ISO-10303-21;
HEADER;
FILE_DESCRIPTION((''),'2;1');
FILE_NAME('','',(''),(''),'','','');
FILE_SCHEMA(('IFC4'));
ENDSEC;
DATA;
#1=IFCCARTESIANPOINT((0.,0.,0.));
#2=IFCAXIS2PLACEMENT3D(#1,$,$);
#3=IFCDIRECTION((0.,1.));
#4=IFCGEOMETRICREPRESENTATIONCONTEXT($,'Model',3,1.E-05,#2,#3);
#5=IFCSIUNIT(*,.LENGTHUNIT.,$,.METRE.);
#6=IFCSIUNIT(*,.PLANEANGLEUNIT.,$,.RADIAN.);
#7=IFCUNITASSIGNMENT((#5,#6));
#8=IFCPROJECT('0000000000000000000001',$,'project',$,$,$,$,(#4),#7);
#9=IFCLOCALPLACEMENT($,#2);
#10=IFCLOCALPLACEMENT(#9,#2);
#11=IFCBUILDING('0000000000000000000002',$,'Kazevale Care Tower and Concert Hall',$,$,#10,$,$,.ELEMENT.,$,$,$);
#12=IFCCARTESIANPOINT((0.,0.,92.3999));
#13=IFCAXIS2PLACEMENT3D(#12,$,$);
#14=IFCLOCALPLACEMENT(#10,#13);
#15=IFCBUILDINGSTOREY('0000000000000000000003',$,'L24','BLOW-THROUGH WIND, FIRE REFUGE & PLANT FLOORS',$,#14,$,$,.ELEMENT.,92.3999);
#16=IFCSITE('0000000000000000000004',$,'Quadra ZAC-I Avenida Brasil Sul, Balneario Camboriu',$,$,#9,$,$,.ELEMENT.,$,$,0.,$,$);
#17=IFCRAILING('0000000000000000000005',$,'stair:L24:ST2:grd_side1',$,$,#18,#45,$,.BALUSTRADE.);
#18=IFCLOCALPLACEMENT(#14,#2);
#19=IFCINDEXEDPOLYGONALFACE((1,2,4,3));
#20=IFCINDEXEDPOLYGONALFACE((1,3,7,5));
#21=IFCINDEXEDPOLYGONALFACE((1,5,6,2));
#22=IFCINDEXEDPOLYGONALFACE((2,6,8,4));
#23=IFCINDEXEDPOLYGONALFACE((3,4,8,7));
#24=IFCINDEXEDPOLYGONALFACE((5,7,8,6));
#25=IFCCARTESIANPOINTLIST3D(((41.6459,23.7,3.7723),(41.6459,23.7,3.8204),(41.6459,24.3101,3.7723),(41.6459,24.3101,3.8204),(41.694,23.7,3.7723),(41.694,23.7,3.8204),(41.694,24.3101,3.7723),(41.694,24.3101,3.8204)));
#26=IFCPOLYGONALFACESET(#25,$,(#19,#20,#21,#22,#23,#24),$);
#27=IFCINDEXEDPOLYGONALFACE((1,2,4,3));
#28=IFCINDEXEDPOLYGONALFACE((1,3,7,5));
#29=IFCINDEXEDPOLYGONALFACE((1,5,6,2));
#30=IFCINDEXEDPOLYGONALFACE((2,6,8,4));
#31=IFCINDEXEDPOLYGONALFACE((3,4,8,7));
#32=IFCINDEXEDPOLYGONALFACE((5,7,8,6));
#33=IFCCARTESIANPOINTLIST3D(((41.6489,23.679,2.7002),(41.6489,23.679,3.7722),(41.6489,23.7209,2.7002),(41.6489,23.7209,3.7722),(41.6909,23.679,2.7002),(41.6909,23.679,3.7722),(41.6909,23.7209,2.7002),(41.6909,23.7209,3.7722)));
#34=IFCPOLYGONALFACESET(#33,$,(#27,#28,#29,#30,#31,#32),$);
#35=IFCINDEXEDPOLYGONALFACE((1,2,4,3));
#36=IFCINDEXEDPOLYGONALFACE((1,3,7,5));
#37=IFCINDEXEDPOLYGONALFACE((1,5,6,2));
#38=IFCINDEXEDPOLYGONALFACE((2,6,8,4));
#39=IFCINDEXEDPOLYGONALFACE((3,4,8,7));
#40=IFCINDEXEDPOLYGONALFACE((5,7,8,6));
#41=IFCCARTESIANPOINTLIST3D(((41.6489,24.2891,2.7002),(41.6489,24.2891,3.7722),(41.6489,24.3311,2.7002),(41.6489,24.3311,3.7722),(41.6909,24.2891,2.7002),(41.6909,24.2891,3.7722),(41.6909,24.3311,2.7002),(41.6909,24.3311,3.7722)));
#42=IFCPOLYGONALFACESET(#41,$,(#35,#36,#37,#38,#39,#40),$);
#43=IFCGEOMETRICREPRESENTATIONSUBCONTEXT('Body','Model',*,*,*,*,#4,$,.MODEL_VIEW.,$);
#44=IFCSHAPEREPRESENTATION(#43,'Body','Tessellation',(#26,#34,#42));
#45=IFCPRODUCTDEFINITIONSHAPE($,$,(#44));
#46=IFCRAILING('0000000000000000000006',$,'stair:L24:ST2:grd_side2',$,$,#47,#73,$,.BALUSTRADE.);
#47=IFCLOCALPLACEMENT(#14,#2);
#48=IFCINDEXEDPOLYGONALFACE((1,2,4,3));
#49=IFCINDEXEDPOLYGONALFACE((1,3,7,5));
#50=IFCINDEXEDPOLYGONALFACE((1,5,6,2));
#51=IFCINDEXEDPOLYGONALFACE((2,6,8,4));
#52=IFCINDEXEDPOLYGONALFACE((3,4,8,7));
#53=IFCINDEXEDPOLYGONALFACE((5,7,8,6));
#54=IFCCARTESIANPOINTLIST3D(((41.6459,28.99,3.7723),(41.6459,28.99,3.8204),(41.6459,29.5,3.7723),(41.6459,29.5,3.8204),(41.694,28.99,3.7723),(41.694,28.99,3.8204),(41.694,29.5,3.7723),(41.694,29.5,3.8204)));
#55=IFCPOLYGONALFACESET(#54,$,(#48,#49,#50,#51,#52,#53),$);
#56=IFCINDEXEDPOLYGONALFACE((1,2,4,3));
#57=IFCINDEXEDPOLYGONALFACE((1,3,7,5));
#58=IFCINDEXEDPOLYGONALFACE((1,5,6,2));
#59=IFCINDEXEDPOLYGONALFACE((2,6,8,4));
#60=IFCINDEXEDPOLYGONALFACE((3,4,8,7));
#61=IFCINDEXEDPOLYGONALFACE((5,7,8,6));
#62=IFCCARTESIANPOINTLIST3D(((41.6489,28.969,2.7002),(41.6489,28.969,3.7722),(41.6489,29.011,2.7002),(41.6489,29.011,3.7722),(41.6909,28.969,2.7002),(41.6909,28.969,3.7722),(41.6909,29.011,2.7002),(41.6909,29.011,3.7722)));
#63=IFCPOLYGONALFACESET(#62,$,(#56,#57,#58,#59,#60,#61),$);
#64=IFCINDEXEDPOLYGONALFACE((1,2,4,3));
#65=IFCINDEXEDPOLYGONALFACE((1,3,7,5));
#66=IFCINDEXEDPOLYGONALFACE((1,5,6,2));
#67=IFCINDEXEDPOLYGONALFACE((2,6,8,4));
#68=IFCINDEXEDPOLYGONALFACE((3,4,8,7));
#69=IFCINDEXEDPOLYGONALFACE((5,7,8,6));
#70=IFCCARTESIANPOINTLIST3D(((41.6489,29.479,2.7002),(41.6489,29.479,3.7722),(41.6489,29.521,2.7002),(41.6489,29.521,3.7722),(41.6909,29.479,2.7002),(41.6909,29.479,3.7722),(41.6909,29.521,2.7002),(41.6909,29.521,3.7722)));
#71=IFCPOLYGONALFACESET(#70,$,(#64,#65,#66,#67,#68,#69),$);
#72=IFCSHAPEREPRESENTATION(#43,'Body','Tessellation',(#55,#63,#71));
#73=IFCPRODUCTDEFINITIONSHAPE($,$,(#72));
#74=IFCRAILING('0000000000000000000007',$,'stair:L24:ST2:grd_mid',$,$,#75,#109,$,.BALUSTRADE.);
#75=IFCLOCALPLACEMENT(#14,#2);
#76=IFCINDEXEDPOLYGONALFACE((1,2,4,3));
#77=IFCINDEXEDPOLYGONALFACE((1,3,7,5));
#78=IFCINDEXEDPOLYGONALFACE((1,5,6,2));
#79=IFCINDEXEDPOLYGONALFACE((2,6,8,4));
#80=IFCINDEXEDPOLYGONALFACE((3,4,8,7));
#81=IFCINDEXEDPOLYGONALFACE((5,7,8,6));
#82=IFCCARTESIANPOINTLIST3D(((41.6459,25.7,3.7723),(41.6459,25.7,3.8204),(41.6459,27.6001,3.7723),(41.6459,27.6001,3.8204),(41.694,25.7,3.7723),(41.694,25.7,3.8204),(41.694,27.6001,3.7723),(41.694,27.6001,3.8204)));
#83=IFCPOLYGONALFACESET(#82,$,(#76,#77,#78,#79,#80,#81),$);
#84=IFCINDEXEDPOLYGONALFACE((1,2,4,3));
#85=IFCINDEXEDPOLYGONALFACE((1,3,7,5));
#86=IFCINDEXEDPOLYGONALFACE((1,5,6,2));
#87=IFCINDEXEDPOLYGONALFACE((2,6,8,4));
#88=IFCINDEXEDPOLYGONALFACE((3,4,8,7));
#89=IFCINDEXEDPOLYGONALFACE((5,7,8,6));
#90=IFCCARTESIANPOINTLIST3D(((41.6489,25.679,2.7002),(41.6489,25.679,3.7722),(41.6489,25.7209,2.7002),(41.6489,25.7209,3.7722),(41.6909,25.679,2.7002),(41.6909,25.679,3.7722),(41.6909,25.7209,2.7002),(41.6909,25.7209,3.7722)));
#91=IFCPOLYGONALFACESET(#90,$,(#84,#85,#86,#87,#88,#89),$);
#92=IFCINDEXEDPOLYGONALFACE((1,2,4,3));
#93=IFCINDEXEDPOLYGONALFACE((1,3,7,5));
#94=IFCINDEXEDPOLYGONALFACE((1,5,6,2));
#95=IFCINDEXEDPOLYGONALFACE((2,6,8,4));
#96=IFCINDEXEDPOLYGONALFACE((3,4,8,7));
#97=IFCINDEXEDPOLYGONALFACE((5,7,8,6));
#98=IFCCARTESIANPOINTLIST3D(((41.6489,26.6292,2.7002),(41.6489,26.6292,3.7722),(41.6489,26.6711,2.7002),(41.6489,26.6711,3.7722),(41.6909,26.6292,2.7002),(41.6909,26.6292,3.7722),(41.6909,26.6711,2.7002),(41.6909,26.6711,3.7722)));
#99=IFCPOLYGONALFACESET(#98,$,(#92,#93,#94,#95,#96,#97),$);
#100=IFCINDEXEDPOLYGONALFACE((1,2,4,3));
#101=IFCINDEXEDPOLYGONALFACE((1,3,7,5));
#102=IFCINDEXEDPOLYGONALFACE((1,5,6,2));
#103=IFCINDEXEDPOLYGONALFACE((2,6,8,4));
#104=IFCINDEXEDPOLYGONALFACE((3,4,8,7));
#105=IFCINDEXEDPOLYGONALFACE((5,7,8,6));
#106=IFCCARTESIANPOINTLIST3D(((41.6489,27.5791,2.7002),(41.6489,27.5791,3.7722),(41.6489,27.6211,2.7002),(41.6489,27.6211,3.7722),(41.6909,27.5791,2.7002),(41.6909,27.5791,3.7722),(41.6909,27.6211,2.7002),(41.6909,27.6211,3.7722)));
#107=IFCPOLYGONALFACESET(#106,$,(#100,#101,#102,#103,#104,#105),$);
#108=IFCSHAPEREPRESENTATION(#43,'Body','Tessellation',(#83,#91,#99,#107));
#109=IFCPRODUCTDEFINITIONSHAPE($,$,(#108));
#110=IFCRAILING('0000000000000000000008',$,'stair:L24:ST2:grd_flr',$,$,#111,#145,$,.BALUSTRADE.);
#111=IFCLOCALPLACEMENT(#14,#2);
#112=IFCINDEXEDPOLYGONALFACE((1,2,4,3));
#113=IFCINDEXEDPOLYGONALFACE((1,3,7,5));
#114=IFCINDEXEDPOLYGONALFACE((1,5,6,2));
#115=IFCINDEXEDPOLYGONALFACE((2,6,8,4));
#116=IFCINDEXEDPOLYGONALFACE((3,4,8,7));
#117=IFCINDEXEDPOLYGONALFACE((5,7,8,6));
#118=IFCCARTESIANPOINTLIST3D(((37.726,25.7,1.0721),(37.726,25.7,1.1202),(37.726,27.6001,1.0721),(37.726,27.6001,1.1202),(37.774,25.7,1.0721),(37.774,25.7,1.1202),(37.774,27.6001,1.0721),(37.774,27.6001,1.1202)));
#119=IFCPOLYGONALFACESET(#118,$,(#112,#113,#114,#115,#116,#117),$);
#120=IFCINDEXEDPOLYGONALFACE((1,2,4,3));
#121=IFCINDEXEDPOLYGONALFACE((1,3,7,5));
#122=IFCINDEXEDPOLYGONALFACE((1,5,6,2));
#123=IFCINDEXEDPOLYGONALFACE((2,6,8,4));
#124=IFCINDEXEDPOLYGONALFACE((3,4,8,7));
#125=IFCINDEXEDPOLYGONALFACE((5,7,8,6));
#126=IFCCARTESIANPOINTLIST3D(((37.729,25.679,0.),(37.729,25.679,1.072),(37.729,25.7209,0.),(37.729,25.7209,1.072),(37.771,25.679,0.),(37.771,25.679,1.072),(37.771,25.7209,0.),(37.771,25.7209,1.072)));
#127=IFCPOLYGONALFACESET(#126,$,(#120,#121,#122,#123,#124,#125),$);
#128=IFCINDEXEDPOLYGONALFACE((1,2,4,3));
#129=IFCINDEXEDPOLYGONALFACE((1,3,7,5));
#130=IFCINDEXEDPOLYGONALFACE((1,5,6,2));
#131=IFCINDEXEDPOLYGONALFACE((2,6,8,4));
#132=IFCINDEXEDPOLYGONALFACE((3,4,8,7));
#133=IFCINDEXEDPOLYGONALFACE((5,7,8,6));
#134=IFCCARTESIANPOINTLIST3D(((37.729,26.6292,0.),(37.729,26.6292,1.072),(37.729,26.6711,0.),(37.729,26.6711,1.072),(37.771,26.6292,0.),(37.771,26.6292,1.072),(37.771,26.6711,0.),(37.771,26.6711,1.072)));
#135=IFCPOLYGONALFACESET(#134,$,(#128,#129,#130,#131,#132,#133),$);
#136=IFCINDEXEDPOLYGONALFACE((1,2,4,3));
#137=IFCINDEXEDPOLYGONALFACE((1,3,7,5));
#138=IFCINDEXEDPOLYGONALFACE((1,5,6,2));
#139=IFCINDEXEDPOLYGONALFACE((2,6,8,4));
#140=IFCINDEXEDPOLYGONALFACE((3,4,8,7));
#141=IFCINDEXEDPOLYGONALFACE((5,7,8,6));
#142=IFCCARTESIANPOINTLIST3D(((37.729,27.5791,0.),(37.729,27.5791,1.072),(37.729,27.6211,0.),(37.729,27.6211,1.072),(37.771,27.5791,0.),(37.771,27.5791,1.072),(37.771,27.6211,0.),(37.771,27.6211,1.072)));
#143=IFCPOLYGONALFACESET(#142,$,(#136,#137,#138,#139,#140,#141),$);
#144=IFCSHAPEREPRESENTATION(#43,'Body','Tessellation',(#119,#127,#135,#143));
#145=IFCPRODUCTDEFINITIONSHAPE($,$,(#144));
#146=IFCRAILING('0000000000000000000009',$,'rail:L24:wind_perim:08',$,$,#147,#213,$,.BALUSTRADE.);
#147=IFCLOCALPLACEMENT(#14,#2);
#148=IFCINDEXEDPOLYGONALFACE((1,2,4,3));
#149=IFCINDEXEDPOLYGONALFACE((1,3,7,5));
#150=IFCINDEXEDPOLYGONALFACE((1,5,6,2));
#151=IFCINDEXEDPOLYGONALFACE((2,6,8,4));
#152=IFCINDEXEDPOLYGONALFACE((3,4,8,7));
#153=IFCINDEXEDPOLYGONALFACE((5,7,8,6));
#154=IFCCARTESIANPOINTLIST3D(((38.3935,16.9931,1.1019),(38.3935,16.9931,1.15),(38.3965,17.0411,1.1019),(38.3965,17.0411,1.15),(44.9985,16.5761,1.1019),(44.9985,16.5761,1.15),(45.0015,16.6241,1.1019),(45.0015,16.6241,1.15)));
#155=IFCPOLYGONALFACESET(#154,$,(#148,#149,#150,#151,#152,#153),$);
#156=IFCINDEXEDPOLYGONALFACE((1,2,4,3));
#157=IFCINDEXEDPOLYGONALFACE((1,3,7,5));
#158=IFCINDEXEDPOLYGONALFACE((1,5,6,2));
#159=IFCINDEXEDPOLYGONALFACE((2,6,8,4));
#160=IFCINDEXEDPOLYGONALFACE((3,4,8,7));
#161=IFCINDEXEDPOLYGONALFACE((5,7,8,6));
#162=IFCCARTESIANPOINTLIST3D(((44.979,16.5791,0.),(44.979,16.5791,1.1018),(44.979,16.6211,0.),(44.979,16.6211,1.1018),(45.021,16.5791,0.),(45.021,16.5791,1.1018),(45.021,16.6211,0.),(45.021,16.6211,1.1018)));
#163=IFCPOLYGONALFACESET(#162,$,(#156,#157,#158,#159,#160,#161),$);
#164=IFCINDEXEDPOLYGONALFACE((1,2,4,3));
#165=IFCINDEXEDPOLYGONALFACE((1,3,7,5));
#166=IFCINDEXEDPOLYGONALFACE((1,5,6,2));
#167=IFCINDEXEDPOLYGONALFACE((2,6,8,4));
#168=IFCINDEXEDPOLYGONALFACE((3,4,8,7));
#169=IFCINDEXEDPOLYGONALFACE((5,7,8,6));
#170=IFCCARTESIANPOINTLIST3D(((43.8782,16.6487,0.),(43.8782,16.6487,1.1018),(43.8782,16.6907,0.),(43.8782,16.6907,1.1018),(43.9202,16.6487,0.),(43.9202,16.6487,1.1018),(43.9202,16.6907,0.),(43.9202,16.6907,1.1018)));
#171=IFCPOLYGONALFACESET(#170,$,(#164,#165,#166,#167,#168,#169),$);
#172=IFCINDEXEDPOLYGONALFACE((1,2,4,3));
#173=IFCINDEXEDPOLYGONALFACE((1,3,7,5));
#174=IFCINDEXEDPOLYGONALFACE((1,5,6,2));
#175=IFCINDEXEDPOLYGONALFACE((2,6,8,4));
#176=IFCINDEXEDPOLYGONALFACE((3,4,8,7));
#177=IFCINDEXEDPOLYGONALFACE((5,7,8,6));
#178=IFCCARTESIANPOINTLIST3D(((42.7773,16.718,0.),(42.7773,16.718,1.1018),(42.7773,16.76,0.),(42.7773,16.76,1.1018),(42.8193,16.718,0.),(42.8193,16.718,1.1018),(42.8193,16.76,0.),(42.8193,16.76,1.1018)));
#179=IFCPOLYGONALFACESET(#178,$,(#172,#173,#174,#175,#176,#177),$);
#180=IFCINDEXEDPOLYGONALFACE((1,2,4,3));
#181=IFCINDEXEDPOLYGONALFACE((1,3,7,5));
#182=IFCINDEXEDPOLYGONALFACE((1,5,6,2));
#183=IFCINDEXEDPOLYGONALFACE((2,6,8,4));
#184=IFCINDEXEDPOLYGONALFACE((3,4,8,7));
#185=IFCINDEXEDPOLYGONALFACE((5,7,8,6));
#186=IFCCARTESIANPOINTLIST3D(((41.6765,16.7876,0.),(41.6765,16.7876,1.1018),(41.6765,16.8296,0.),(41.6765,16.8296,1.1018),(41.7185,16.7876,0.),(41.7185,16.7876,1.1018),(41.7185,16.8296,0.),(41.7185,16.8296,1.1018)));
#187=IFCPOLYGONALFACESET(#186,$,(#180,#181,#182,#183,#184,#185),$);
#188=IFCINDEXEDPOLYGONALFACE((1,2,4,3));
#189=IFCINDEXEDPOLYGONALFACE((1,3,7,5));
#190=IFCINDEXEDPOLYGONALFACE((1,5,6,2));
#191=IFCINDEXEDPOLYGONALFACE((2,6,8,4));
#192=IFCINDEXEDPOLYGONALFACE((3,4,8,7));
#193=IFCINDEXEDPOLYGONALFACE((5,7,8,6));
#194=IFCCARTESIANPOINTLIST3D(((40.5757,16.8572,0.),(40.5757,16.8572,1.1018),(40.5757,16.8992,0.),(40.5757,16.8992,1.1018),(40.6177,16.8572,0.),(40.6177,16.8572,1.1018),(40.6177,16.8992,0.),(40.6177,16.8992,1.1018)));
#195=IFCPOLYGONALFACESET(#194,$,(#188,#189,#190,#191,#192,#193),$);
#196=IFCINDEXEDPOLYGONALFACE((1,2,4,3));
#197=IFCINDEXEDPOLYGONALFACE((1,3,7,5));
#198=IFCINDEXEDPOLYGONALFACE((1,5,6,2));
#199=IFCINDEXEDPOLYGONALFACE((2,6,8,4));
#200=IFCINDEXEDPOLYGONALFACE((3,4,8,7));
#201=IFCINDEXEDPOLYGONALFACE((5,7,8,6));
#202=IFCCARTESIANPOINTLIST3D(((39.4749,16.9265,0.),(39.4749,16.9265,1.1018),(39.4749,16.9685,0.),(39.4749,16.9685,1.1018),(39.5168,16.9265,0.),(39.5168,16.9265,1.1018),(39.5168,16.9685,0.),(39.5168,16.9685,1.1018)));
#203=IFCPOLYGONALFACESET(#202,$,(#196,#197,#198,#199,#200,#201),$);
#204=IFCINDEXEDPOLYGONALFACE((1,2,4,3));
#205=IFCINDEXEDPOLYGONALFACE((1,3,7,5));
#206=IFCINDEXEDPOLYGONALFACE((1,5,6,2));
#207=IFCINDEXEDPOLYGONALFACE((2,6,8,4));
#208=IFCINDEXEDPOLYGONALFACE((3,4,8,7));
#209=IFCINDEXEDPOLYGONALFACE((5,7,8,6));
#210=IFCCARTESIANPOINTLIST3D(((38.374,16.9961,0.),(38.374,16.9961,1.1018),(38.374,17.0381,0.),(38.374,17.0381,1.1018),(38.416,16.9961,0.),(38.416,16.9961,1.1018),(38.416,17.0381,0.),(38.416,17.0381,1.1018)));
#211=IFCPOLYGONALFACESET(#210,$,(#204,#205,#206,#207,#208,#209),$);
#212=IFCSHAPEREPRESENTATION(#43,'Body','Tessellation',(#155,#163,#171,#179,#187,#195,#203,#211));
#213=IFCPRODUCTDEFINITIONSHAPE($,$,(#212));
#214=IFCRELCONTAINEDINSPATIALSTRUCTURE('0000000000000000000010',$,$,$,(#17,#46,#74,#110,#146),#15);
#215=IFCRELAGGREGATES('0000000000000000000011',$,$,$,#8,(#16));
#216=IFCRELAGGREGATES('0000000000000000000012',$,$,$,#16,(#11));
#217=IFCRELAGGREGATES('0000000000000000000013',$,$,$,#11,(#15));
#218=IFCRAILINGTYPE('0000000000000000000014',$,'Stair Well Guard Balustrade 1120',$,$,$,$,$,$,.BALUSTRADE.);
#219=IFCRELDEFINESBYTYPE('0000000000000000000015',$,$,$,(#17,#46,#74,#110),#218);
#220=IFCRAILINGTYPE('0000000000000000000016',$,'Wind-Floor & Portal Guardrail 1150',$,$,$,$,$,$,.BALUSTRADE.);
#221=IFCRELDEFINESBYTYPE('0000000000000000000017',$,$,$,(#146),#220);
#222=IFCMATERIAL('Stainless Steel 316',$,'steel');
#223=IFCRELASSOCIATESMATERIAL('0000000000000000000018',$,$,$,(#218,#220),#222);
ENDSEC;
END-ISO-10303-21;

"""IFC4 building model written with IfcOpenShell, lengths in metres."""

from ifc_helpers import new_model, si_unit, direction, frame, origin, origin_2d, place, context, subcontext, project, spatial, rectangle, extrude, material, type_object, element, save


model = new_model("IFC4")

# Units and contexts
model_context = context("Model", 3, precision=1e-05, world=origin(), true_north=direction((0.0, 1.0)))
body_context = subcontext(model_context, "Body", "Model", "MODEL_VIEW")
ifc_project = project(units=[si_unit("LENGTHUNIT", "METRE"), si_unit("PLANEANGLEUNIT", "RADIAN")], contexts=[model_context])

# Site, building, storey
site_placement = place(None, origin())
site = spatial("IfcSite", under=ifc_project, at=site_placement, Name="Quadra ZAC-I Avenida Brasil Sul, Balneario Camboriu", CompositionType="ELEMENT", RefElevation=0.0)
building_placement = place(site_placement, origin())
building = spatial("IfcBuilding", under=site, at=building_placement, Name="Kazevale Care Tower and Concert Hall", CompositionType="ELEMENT")
storey_placement = place(building_placement, frame((0.0, 0.0, 92.3999)))
storey = spatial("IfcBuildingStorey", under=building, at=storey_placement, Name="L24", Description="BLOW-THROUGH WIND, FIRE REFUGE & PLANT FLOORS", CompositionType="ELEMENT", Elevation=92.3999)

# Railings
ifc_material_1 = material(Name="Stainless Steel 316", Category="steel")
railing_type_1 = type_object("IfcRailingType", Name="Stair Well Guard Balustrade 1120", PredefinedType="BALUSTRADE", material=ifc_material_1)
railing_1_placement = place(storey_placement, frame((41.6699, 23.7, 2.7002)))
element("IfcRailing", 1, at=railing_1_placement, inside=storey, type_object=railing_type_1, Name="stair:L24:ST2:grd_side1", PredefinedType="BALUSTRADE", context=body_context, shape_type="SweptSolid", body=[
    extrude(rectangle(XDim=0.0481, YDim=0.0481, at=origin_2d()), frame((0.0, 0.0, 1.0962), z_axis=(0.0, 1.0, 0.0), x_axis=(-1.0, 0.0, 0.0)), (0.0, 0.0, 1.0), 0.6101),
    extrude(rectangle(XDim=0.042, YDim=0.042, at=origin_2d()), origin(), (0.0, 0.0, 1.0), 1.072),
    extrude(rectangle(XDim=0.042, YDim=0.042, at=origin_2d()), frame((0.0, 0.6101, 0.0)), (0.0, 0.0, 1.0), 1.072),
])
railing_2_placement = place(storey_placement, frame((41.6699, 28.99, 2.7002)))
element("IfcRailing", 2, at=railing_2_placement, inside=storey, type_object=railing_type_1, Name="stair:L24:ST2:grd_side2", PredefinedType="BALUSTRADE", context=body_context, shape_type="SweptSolid", body=[
    extrude(rectangle(XDim=0.0481, YDim=0.0481, at=origin_2d()), frame((0.0, 0.0, 1.0962), z_axis=(0.0, 1.0, 0.0), x_axis=(-1.0, 0.0, 0.0)), (0.0, 0.0, 1.0), 0.51),
    extrude(rectangle(XDim=0.042, YDim=0.042, at=origin_2d()), origin(), (0.0, 0.0, 1.0), 1.072),
    extrude(rectangle(XDim=0.042, YDim=0.042, at=origin_2d()), frame((0.0, 0.51, 0.0)), (0.0, 0.0, 1.0), 1.072),
])
for number, where, name in (
    (3, (41.6699, 25.7, 2.7002), "stair:L24:ST2:grd_mid"),
    (4, (37.75, 25.7, 0.0), "stair:L24:ST2:grd_flr"),
):
    element("IfcRailing", number, at=place(storey_placement, frame(where)), inside=storey, type_object=railing_type_1, Name=name, PredefinedType="BALUSTRADE", context=body_context, shape_type="SweptSolid", body=[
        extrude(rectangle(XDim=0.0481, YDim=0.0481, at=origin_2d()), frame((0.0, 0.0, 1.0962), z_axis=(0.0, 1.0, 0.0), x_axis=(-1.0, 0.0, 0.0)), (0.0, 0.0, 1.0), 1.9001),
        extrude(rectangle(XDim=0.042, YDim=0.042, at=origin_2d()), origin(), (0.0, 0.0, 1.0), 1.072),
        extrude(rectangle(XDim=0.042, YDim=0.042, at=origin_2d()), frame((0.0, 0.9502, 0.0)), (0.0, 0.0, 1.0), 1.072),
        extrude(rectangle(XDim=0.042, YDim=0.042, at=origin_2d()), frame((0.0, 1.9001, 0.0)), (0.0, 0.0, 1.0), 1.072),
    ])
railing_type_2 = type_object("IfcRailingType", Name="Wind-Floor & Portal Guardrail 1150", PredefinedType="BALUSTRADE", material=ifc_material_1)
railing_3_placement = place(storey_placement, frame((45.0, 16.6001, 0.0)))
element("IfcRailing", 5, at=railing_3_placement, inside=storey, type_object=railing_type_2, Name="rail:L24:wind_perim:08", PredefinedType="BALUSTRADE", context=body_context, shape_type="SweptSolid", body=[
    extrude(rectangle(XDim=0.0481, YDim=0.0481, at=origin_2d()), frame((0.0, 0.0, 1.126), z_axis=(-0.998013, 0.063008, 0.0), x_axis=(-0.063008, -0.998013, 0.0)), (0.0, 0.0, 1.0), 6.6182),
    extrude(rectangle(XDim=0.042, YDim=0.042, at=origin_2d()), origin(), (0.0, 0.0, 1.0), 1.1018),
    extrude(rectangle(XDim=0.042, YDim=0.042, at=origin_2d()), frame((-1.1008, 0.0696, 0.0)), (0.0, 0.0, 1.0), 1.1018),
    extrude(rectangle(XDim=0.042, YDim=0.042, at=origin_2d()), frame((-2.2017, 0.1389, 0.0)), (0.0, 0.0, 1.0), 1.1018),
    extrude(rectangle(XDim=0.042, YDim=0.042, at=origin_2d()), frame((-3.3025, 0.2085, 0.0)), (0.0, 0.0, 1.0), 1.1018),
    extrude(rectangle(XDim=0.042, YDim=0.042, at=origin_2d()), frame((-4.4033, 0.2781, 0.0)), (0.0, 0.0, 1.0), 1.1018),
    extrude(rectangle(XDim=0.042, YDim=0.042, at=origin_2d()), frame((-5.5042, 0.3474, 0.0)), (0.0, 0.0, 1.0), 1.1018),
    extrude(rectangle(XDim=0.042, YDim=0.042, at=origin_2d()), frame((-6.605, 0.417, 0.0)), (0.0, 0.0, 1.0), 1.1018),
])

save(model, "model.ifc")
